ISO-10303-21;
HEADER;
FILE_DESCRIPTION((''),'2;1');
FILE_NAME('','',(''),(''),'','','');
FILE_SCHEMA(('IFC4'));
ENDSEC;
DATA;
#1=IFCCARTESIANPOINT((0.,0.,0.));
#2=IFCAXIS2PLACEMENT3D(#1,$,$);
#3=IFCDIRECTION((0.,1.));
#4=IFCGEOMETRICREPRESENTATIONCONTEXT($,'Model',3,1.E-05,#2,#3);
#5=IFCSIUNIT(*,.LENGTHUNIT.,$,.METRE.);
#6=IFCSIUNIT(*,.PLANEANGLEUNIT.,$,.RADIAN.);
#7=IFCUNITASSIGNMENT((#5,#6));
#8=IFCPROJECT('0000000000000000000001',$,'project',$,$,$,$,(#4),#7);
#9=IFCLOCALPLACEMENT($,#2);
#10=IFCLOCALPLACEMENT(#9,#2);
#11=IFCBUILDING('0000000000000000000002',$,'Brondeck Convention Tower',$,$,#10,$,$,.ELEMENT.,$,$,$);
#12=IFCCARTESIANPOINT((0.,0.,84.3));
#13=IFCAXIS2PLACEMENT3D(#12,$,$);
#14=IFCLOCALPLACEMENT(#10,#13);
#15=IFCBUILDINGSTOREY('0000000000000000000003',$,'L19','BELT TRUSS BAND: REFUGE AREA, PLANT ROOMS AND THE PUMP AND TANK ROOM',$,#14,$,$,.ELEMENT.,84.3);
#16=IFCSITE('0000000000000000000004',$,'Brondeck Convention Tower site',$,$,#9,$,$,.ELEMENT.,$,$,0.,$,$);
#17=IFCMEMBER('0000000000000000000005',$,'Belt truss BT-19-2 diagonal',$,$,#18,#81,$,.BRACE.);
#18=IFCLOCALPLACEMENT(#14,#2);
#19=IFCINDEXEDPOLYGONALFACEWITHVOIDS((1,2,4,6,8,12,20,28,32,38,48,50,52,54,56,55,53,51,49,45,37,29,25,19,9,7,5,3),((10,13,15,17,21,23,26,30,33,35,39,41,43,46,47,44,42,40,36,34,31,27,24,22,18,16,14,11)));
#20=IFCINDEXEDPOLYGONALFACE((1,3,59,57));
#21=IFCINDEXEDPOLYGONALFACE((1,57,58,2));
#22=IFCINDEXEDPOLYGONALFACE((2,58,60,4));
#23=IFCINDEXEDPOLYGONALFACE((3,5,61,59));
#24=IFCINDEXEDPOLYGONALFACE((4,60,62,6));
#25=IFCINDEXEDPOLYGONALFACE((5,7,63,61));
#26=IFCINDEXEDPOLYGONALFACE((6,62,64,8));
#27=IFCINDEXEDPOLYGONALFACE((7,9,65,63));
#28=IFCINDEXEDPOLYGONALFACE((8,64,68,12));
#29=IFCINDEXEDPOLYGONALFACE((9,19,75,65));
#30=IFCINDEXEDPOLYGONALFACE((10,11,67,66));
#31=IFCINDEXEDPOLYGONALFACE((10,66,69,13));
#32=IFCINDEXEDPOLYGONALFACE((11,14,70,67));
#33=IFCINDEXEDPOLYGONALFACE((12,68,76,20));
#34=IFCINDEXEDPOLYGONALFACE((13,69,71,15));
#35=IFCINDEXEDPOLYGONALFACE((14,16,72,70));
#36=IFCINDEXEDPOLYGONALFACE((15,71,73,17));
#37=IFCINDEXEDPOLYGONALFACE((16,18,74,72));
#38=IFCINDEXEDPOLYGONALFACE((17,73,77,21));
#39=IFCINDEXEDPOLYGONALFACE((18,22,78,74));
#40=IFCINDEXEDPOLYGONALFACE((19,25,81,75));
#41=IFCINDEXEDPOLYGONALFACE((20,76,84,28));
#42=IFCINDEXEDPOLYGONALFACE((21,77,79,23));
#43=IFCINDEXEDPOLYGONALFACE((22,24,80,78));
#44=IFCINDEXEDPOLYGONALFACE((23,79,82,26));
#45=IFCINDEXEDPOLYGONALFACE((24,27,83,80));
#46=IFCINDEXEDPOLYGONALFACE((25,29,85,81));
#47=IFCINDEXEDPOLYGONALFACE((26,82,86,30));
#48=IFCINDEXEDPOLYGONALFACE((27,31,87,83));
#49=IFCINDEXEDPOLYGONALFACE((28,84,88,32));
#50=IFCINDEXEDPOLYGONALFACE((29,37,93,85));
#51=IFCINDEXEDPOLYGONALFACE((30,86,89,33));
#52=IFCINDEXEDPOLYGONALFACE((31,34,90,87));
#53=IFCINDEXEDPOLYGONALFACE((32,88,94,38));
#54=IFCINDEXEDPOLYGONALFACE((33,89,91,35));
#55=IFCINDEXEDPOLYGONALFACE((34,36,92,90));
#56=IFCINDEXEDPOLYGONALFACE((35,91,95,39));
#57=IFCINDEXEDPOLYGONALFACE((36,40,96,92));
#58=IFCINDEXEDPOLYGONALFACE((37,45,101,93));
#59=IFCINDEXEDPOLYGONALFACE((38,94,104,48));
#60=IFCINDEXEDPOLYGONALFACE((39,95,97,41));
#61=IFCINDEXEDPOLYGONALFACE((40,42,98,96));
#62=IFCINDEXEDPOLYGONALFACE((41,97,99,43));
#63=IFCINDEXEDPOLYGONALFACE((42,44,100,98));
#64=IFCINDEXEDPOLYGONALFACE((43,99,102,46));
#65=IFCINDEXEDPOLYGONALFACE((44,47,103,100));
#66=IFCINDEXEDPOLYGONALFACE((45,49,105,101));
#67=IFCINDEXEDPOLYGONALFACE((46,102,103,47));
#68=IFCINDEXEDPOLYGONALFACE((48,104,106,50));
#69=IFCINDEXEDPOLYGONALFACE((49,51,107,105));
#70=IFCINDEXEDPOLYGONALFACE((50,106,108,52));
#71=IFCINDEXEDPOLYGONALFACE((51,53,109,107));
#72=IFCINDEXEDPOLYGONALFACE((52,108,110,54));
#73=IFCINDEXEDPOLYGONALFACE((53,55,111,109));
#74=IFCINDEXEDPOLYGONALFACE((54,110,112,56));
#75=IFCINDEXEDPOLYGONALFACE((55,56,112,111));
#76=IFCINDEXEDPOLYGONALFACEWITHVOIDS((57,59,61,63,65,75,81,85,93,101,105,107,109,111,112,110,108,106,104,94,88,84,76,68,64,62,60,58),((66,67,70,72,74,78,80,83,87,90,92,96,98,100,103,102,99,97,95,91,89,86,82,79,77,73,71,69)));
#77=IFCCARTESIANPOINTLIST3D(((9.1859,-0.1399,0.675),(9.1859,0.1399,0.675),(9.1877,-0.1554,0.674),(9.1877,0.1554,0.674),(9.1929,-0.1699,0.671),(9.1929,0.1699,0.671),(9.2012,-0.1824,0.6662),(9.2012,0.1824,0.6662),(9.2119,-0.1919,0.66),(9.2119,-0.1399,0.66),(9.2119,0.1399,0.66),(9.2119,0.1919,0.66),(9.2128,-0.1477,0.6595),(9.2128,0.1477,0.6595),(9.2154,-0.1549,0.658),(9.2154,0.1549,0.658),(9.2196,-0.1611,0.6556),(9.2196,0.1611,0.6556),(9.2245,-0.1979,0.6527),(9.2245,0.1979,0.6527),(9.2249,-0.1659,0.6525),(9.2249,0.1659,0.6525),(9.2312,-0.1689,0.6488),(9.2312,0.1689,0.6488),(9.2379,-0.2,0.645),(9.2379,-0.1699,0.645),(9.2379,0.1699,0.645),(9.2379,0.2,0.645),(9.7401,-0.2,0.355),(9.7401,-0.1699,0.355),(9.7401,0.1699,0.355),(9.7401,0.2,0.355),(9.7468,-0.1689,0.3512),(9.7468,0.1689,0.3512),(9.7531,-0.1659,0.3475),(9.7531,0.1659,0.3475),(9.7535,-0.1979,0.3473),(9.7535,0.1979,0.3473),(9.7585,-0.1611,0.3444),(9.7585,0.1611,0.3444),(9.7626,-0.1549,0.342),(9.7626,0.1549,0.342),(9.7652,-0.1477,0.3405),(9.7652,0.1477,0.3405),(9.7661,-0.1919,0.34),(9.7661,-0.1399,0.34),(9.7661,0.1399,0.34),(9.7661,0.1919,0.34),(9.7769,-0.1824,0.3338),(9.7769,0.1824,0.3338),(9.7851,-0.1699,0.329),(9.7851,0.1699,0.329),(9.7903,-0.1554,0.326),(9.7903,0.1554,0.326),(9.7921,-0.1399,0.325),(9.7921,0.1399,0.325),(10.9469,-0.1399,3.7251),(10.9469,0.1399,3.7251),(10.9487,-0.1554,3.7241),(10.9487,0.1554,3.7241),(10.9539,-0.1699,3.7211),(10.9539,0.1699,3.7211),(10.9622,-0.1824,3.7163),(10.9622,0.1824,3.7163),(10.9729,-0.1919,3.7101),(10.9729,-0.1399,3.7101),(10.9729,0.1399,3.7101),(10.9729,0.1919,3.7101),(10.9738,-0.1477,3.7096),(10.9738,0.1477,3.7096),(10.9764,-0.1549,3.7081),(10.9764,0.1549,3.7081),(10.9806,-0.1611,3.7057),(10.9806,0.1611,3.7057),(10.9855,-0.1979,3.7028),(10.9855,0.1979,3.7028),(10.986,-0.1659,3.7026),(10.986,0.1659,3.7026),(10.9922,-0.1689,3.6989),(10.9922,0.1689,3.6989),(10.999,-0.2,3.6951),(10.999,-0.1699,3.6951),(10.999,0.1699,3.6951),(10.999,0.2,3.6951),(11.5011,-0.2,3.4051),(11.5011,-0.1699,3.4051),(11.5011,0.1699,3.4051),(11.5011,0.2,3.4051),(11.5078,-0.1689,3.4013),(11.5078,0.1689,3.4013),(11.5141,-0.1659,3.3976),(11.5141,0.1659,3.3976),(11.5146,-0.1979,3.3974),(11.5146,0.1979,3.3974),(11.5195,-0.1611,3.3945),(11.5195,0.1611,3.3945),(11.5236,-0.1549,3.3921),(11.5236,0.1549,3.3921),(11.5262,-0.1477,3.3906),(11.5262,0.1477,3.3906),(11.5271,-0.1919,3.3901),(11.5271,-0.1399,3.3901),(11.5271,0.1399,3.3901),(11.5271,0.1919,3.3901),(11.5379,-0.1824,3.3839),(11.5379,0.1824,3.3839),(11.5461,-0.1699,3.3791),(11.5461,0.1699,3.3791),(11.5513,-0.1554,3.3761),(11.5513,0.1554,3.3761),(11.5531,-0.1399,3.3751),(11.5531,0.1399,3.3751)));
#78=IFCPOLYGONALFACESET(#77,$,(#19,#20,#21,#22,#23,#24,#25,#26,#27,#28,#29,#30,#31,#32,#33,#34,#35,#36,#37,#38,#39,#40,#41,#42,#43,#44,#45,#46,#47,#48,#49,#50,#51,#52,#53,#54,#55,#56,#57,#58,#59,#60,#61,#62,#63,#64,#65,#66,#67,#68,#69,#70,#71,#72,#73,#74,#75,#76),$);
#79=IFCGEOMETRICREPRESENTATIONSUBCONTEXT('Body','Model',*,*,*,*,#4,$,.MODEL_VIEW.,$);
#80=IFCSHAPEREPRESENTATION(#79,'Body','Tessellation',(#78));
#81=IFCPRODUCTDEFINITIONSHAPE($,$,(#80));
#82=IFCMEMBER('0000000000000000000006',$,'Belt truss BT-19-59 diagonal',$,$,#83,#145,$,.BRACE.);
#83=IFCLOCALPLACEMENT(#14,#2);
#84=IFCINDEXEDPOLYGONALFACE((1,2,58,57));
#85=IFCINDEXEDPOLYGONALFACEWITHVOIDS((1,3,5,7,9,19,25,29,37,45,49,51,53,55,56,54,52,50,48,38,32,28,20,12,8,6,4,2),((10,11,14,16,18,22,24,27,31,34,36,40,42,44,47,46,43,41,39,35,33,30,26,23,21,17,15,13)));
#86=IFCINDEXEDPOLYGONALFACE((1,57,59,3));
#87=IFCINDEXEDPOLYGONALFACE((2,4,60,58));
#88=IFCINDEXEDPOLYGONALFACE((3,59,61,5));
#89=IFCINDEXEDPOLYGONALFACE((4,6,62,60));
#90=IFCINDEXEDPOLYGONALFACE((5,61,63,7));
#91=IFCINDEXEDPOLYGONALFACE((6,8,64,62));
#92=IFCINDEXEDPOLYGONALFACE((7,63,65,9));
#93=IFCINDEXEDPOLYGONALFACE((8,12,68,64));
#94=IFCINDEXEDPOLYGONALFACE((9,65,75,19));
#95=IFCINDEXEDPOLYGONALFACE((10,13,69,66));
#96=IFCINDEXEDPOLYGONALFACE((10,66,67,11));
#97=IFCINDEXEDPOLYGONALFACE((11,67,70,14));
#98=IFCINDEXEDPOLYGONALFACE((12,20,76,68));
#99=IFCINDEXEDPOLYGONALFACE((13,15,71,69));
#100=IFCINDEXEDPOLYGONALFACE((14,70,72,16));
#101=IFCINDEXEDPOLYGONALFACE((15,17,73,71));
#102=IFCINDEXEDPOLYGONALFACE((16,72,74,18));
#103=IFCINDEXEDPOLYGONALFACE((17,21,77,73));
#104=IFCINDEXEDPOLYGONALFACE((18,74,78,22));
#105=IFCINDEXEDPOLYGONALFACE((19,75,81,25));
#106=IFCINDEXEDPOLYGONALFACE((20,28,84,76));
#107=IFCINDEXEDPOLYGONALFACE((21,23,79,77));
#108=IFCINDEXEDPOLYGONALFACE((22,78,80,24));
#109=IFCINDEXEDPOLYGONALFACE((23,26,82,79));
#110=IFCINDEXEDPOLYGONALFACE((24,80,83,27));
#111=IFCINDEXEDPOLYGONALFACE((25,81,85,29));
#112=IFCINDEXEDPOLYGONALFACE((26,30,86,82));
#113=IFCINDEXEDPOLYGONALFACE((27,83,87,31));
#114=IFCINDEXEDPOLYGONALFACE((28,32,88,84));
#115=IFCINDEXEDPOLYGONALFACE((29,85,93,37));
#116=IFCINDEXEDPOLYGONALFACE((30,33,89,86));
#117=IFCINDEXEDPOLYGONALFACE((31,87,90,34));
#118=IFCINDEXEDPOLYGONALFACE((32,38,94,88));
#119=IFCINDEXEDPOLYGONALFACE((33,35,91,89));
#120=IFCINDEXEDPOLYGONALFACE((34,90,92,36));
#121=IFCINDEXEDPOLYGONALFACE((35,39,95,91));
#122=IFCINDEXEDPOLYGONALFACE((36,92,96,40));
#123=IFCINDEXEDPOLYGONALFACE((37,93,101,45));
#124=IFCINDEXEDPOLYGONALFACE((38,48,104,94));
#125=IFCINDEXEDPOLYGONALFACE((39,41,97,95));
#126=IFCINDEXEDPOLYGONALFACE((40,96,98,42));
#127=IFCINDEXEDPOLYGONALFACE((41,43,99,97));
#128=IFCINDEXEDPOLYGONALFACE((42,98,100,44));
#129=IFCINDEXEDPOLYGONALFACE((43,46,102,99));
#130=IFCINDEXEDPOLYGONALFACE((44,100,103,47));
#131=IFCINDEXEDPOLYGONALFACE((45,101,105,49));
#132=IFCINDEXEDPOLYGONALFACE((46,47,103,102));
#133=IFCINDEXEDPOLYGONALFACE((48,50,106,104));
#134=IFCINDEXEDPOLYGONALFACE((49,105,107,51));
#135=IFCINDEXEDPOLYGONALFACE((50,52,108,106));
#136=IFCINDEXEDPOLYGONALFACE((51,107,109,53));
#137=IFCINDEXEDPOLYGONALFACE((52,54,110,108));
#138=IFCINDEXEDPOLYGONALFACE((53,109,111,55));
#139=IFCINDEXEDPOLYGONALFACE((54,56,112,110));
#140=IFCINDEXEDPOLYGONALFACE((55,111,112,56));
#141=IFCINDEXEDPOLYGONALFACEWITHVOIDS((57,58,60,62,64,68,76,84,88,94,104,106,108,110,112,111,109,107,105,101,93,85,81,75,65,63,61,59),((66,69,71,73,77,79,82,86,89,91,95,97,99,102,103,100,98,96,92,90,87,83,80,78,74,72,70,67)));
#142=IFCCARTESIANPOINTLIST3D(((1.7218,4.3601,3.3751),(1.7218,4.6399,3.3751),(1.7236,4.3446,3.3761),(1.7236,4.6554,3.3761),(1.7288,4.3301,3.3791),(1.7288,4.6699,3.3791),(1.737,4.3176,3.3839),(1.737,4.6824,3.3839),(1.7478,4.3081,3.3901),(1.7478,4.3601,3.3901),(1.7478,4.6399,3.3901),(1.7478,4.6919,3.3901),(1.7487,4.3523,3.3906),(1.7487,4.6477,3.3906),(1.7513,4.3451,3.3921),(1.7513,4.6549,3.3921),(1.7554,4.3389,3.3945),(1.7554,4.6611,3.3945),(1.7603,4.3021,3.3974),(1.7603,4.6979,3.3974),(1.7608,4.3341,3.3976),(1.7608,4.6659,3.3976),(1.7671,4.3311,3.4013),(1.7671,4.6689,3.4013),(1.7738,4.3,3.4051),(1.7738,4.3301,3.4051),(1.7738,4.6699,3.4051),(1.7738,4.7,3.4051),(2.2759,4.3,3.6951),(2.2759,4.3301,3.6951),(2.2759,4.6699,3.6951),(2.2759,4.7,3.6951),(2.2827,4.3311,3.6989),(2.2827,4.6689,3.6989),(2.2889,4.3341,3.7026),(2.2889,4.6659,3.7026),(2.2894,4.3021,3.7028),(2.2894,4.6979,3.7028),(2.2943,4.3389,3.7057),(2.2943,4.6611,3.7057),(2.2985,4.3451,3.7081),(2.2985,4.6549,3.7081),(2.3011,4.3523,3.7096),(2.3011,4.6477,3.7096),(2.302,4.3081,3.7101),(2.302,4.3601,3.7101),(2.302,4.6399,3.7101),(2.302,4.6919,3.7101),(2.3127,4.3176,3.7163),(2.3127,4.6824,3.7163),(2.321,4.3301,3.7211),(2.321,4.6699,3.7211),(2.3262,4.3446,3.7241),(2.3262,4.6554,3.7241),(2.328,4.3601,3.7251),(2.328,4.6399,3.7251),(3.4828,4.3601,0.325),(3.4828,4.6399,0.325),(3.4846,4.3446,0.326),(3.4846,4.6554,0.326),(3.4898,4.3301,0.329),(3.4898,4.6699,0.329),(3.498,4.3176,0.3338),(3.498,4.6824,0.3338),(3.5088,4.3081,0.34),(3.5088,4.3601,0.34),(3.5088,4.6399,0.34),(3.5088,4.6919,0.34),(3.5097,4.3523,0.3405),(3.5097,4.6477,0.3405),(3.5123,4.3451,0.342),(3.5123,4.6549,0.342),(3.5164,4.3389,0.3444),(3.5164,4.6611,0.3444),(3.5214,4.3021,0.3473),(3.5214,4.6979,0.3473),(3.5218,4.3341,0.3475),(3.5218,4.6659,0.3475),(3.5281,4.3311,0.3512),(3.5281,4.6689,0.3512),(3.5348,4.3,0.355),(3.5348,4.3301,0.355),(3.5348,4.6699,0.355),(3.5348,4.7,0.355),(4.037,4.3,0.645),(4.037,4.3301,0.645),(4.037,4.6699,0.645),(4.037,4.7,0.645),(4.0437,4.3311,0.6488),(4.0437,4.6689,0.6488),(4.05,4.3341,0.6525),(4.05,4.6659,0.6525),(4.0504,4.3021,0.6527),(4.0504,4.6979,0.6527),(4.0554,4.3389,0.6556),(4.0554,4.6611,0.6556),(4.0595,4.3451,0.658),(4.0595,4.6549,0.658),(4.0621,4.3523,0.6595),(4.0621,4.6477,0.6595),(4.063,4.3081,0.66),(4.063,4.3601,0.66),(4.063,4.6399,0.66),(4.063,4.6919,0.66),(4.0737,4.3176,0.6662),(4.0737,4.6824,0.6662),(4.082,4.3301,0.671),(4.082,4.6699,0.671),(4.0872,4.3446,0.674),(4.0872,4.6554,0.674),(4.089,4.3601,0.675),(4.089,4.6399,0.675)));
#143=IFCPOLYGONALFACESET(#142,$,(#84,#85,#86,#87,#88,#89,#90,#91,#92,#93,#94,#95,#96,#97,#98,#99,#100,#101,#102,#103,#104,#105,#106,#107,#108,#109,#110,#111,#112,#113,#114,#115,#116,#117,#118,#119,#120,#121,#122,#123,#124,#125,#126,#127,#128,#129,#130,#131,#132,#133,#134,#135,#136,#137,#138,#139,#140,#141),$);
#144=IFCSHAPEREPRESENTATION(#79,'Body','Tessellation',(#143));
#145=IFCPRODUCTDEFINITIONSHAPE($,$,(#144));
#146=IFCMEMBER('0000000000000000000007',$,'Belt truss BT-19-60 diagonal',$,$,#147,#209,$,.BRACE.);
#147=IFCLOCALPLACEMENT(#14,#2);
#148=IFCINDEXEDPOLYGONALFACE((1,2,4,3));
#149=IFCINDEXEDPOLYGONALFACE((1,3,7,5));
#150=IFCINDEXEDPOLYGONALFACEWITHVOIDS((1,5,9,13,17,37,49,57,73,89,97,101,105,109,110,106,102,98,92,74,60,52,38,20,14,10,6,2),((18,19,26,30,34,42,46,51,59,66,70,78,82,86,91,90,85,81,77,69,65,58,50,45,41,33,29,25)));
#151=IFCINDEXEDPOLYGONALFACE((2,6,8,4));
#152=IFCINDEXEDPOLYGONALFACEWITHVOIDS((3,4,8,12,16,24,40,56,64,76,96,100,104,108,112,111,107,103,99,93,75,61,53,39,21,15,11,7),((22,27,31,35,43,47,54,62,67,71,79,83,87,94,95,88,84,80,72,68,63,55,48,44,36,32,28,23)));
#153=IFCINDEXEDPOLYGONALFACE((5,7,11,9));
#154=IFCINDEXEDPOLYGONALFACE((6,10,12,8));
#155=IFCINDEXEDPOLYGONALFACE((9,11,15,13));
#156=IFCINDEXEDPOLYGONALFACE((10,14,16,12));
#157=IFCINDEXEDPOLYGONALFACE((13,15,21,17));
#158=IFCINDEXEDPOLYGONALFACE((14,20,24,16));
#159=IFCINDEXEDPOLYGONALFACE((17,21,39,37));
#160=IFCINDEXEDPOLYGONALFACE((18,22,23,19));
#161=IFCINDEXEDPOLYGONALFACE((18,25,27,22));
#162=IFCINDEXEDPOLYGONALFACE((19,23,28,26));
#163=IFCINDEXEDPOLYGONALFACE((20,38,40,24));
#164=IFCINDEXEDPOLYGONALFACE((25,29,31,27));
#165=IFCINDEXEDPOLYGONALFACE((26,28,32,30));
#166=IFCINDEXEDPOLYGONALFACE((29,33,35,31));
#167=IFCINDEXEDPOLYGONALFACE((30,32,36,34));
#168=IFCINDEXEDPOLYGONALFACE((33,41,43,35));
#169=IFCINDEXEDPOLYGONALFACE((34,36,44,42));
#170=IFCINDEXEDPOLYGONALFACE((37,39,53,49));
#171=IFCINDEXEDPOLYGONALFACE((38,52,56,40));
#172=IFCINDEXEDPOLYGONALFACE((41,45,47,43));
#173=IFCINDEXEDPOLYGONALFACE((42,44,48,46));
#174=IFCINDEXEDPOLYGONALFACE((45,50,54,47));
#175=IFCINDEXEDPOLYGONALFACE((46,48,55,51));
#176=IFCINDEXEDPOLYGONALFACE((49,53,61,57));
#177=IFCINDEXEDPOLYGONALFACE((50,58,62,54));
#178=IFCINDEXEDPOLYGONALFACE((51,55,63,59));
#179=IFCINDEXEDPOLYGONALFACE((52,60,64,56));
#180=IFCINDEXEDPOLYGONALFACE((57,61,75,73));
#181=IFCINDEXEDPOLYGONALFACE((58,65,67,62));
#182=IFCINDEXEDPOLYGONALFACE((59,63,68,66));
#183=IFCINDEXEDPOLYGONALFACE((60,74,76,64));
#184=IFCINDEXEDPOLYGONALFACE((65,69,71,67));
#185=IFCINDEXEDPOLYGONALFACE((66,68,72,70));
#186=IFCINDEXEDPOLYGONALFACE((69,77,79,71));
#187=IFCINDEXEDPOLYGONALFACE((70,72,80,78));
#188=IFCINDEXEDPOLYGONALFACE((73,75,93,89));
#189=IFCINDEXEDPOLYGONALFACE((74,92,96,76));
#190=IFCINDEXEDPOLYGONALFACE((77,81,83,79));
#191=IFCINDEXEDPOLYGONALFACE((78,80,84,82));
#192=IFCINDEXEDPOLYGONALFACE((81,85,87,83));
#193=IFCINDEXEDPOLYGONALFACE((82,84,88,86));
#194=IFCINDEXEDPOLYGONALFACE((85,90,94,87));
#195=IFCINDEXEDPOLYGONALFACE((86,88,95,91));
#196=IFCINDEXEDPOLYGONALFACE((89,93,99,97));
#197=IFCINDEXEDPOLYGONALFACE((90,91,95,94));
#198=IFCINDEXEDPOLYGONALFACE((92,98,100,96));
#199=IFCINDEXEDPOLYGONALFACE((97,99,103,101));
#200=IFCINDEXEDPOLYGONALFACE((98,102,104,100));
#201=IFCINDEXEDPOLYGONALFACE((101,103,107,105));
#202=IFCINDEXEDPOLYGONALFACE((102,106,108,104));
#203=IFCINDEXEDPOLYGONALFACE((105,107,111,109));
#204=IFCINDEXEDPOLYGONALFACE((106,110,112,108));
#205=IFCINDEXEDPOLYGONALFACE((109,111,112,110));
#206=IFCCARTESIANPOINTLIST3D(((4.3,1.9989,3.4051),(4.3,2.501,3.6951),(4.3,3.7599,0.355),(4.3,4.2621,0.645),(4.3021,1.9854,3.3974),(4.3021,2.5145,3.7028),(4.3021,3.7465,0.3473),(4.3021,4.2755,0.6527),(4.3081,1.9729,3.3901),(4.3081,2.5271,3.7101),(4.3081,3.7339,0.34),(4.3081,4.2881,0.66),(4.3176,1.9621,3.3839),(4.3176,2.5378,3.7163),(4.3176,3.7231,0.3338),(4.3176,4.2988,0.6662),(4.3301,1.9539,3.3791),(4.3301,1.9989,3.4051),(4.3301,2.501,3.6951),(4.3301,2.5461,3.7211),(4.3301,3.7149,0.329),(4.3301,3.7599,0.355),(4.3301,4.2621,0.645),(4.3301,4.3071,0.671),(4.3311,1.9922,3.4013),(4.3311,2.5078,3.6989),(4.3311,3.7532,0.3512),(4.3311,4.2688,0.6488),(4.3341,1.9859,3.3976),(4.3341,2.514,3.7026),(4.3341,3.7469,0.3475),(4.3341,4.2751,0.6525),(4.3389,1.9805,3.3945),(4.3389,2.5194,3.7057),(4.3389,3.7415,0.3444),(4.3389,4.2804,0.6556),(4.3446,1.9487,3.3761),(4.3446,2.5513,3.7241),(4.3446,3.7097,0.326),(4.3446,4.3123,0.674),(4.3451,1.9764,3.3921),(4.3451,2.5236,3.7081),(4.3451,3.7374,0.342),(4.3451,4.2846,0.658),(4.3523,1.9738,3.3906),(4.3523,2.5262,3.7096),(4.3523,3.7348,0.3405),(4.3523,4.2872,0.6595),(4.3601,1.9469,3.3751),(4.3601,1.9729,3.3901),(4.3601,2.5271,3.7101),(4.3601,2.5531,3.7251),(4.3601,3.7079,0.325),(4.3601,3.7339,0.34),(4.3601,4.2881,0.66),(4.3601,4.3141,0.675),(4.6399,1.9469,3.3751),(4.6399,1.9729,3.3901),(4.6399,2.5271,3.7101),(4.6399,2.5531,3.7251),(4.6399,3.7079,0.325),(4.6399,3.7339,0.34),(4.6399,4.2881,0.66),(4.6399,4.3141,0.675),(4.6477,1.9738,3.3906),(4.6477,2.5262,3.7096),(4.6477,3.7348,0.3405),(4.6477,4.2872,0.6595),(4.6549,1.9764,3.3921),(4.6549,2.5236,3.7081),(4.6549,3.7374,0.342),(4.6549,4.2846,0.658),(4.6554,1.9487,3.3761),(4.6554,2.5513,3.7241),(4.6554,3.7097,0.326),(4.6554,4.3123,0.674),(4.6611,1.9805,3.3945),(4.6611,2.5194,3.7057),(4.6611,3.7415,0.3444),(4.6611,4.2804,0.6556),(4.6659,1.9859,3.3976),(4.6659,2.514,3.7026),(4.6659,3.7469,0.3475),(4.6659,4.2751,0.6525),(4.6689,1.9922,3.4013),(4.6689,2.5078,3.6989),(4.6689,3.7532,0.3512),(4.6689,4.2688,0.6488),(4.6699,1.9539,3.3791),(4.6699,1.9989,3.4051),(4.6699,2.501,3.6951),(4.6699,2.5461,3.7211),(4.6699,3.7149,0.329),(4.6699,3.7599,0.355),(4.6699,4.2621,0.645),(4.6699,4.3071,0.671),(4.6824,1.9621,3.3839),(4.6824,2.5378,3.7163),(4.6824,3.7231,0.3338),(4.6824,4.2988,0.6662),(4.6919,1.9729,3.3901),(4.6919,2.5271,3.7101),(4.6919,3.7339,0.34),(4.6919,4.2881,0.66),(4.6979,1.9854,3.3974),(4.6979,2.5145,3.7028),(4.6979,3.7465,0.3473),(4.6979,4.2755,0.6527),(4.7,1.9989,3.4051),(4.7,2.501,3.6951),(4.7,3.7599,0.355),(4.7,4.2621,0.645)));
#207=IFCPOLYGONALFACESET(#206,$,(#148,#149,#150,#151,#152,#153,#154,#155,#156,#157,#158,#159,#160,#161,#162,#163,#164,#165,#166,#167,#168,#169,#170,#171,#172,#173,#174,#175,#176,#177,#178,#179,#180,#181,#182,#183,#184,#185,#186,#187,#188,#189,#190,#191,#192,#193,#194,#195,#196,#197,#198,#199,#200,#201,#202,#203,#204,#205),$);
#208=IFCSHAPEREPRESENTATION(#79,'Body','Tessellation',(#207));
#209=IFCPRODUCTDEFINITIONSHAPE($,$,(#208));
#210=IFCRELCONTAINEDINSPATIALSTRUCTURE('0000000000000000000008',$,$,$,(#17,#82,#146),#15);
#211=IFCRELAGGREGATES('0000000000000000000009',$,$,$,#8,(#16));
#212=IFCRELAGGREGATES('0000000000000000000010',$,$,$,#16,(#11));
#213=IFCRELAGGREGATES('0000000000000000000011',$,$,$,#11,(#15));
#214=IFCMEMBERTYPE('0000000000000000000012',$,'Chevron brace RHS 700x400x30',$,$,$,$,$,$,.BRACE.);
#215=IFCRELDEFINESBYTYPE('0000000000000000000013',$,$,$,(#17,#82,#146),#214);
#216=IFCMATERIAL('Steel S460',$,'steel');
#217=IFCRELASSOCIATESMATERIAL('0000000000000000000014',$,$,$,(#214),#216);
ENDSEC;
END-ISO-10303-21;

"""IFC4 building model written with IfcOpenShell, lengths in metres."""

from ifc_helpers import new_model, si_unit, direction, frame, origin, origin_2d, place, context, subcontext, project, spatial, hollow_rectangle, extrude, material, material_profile, profile_set, type_object, element, save


model = new_model("IFC4")

# Units and contexts
model_context = context("Model", 3, precision=1e-05, world=origin(), true_north=direction((0.0, 1.0)))
body_context = subcontext(model_context, "Body", "Model", "MODEL_VIEW")
ifc_project = project(units=[si_unit("LENGTHUNIT", "METRE"), si_unit("PLANEANGLEUNIT", "RADIAN")], contexts=[model_context])

# Site, building, storey
site_placement = place(None, origin())
site = spatial("IfcSite", under=ifc_project, at=site_placement, Name="Brondeck Convention Tower site", CompositionType="ELEMENT", RefElevation=0.0)
building_placement = place(site_placement, origin())
building = spatial("IfcBuilding", under=site, at=building_placement, Name="Brondeck Convention Tower", CompositionType="ELEMENT")
storey_placement = place(building_placement, frame((0.0, 0.0, 84.3)))
storey = spatial("IfcBuildingStorey", under=building, at=storey_placement, Name="L19", Description="BELT TRUSS BAND: REFUGE AREA, PLANT ROOMS AND THE PUMP AND TANK ROOM", CompositionType="ELEMENT", Elevation=84.3)

# Members
ifc_material_1 = material(Name="Steel S460", Category="steel")
ifc_material_profile_1 = material_profile(ifc_material_1, hollow_rectangle(XDim=0.3999, YDim=0.7, WallThickness=0.03, InnerFilletRadius=0.03, OuterFilletRadius=0.0601, at=origin_2d()), Name="RHS 700x400x30")
ifc_profile_set_1 = profile_set([ifc_material_profile_1], Name="Steel S460")
member_type_1 = type_object("IfcMemberType", Name="Chevron brace RHS 700x400x30", PredefinedType="BRACE", material=ifc_profile_set_1)
for number, where, z_axis, x_axis, name in (
    (1, (9.489, 0.0, 0.5), (0.500008, 0.0, 0.866021), (0.0, 1.0, 0.0), "Belt truss BT-19-2 diagonal"),
    (2, (3.7859, 4.5, 0.5), (-0.500008, 0.0, 0.866021), (0.0, -1.0, 0.0), "Belt truss BT-19-59 diagonal"),
    (3, (4.5, 4.011, 0.5), (0.0, -0.500008, 0.866021), (1.0, 0.0, 0.0), "Belt truss BT-19-60 diagonal"),
):
    element("IfcMember", number, at=place(storey_placement, frame(where, z_axis=z_axis, x_axis=x_axis)), inside=storey, type_object=member_type_1, Name=name, PredefinedType="BRACE", context=body_context, shape_type="SweptSolid", body=[
        extrude(hollow_rectangle(XDim=0.3999, YDim=0.7, WallThickness=0.03, InnerFilletRadius=0.03, OuterFilletRadius=0.0601, at=origin_2d()), origin(), (0.0, 0.0, 1.0), 3.522),
    ])

save(model, "model.ifc")
